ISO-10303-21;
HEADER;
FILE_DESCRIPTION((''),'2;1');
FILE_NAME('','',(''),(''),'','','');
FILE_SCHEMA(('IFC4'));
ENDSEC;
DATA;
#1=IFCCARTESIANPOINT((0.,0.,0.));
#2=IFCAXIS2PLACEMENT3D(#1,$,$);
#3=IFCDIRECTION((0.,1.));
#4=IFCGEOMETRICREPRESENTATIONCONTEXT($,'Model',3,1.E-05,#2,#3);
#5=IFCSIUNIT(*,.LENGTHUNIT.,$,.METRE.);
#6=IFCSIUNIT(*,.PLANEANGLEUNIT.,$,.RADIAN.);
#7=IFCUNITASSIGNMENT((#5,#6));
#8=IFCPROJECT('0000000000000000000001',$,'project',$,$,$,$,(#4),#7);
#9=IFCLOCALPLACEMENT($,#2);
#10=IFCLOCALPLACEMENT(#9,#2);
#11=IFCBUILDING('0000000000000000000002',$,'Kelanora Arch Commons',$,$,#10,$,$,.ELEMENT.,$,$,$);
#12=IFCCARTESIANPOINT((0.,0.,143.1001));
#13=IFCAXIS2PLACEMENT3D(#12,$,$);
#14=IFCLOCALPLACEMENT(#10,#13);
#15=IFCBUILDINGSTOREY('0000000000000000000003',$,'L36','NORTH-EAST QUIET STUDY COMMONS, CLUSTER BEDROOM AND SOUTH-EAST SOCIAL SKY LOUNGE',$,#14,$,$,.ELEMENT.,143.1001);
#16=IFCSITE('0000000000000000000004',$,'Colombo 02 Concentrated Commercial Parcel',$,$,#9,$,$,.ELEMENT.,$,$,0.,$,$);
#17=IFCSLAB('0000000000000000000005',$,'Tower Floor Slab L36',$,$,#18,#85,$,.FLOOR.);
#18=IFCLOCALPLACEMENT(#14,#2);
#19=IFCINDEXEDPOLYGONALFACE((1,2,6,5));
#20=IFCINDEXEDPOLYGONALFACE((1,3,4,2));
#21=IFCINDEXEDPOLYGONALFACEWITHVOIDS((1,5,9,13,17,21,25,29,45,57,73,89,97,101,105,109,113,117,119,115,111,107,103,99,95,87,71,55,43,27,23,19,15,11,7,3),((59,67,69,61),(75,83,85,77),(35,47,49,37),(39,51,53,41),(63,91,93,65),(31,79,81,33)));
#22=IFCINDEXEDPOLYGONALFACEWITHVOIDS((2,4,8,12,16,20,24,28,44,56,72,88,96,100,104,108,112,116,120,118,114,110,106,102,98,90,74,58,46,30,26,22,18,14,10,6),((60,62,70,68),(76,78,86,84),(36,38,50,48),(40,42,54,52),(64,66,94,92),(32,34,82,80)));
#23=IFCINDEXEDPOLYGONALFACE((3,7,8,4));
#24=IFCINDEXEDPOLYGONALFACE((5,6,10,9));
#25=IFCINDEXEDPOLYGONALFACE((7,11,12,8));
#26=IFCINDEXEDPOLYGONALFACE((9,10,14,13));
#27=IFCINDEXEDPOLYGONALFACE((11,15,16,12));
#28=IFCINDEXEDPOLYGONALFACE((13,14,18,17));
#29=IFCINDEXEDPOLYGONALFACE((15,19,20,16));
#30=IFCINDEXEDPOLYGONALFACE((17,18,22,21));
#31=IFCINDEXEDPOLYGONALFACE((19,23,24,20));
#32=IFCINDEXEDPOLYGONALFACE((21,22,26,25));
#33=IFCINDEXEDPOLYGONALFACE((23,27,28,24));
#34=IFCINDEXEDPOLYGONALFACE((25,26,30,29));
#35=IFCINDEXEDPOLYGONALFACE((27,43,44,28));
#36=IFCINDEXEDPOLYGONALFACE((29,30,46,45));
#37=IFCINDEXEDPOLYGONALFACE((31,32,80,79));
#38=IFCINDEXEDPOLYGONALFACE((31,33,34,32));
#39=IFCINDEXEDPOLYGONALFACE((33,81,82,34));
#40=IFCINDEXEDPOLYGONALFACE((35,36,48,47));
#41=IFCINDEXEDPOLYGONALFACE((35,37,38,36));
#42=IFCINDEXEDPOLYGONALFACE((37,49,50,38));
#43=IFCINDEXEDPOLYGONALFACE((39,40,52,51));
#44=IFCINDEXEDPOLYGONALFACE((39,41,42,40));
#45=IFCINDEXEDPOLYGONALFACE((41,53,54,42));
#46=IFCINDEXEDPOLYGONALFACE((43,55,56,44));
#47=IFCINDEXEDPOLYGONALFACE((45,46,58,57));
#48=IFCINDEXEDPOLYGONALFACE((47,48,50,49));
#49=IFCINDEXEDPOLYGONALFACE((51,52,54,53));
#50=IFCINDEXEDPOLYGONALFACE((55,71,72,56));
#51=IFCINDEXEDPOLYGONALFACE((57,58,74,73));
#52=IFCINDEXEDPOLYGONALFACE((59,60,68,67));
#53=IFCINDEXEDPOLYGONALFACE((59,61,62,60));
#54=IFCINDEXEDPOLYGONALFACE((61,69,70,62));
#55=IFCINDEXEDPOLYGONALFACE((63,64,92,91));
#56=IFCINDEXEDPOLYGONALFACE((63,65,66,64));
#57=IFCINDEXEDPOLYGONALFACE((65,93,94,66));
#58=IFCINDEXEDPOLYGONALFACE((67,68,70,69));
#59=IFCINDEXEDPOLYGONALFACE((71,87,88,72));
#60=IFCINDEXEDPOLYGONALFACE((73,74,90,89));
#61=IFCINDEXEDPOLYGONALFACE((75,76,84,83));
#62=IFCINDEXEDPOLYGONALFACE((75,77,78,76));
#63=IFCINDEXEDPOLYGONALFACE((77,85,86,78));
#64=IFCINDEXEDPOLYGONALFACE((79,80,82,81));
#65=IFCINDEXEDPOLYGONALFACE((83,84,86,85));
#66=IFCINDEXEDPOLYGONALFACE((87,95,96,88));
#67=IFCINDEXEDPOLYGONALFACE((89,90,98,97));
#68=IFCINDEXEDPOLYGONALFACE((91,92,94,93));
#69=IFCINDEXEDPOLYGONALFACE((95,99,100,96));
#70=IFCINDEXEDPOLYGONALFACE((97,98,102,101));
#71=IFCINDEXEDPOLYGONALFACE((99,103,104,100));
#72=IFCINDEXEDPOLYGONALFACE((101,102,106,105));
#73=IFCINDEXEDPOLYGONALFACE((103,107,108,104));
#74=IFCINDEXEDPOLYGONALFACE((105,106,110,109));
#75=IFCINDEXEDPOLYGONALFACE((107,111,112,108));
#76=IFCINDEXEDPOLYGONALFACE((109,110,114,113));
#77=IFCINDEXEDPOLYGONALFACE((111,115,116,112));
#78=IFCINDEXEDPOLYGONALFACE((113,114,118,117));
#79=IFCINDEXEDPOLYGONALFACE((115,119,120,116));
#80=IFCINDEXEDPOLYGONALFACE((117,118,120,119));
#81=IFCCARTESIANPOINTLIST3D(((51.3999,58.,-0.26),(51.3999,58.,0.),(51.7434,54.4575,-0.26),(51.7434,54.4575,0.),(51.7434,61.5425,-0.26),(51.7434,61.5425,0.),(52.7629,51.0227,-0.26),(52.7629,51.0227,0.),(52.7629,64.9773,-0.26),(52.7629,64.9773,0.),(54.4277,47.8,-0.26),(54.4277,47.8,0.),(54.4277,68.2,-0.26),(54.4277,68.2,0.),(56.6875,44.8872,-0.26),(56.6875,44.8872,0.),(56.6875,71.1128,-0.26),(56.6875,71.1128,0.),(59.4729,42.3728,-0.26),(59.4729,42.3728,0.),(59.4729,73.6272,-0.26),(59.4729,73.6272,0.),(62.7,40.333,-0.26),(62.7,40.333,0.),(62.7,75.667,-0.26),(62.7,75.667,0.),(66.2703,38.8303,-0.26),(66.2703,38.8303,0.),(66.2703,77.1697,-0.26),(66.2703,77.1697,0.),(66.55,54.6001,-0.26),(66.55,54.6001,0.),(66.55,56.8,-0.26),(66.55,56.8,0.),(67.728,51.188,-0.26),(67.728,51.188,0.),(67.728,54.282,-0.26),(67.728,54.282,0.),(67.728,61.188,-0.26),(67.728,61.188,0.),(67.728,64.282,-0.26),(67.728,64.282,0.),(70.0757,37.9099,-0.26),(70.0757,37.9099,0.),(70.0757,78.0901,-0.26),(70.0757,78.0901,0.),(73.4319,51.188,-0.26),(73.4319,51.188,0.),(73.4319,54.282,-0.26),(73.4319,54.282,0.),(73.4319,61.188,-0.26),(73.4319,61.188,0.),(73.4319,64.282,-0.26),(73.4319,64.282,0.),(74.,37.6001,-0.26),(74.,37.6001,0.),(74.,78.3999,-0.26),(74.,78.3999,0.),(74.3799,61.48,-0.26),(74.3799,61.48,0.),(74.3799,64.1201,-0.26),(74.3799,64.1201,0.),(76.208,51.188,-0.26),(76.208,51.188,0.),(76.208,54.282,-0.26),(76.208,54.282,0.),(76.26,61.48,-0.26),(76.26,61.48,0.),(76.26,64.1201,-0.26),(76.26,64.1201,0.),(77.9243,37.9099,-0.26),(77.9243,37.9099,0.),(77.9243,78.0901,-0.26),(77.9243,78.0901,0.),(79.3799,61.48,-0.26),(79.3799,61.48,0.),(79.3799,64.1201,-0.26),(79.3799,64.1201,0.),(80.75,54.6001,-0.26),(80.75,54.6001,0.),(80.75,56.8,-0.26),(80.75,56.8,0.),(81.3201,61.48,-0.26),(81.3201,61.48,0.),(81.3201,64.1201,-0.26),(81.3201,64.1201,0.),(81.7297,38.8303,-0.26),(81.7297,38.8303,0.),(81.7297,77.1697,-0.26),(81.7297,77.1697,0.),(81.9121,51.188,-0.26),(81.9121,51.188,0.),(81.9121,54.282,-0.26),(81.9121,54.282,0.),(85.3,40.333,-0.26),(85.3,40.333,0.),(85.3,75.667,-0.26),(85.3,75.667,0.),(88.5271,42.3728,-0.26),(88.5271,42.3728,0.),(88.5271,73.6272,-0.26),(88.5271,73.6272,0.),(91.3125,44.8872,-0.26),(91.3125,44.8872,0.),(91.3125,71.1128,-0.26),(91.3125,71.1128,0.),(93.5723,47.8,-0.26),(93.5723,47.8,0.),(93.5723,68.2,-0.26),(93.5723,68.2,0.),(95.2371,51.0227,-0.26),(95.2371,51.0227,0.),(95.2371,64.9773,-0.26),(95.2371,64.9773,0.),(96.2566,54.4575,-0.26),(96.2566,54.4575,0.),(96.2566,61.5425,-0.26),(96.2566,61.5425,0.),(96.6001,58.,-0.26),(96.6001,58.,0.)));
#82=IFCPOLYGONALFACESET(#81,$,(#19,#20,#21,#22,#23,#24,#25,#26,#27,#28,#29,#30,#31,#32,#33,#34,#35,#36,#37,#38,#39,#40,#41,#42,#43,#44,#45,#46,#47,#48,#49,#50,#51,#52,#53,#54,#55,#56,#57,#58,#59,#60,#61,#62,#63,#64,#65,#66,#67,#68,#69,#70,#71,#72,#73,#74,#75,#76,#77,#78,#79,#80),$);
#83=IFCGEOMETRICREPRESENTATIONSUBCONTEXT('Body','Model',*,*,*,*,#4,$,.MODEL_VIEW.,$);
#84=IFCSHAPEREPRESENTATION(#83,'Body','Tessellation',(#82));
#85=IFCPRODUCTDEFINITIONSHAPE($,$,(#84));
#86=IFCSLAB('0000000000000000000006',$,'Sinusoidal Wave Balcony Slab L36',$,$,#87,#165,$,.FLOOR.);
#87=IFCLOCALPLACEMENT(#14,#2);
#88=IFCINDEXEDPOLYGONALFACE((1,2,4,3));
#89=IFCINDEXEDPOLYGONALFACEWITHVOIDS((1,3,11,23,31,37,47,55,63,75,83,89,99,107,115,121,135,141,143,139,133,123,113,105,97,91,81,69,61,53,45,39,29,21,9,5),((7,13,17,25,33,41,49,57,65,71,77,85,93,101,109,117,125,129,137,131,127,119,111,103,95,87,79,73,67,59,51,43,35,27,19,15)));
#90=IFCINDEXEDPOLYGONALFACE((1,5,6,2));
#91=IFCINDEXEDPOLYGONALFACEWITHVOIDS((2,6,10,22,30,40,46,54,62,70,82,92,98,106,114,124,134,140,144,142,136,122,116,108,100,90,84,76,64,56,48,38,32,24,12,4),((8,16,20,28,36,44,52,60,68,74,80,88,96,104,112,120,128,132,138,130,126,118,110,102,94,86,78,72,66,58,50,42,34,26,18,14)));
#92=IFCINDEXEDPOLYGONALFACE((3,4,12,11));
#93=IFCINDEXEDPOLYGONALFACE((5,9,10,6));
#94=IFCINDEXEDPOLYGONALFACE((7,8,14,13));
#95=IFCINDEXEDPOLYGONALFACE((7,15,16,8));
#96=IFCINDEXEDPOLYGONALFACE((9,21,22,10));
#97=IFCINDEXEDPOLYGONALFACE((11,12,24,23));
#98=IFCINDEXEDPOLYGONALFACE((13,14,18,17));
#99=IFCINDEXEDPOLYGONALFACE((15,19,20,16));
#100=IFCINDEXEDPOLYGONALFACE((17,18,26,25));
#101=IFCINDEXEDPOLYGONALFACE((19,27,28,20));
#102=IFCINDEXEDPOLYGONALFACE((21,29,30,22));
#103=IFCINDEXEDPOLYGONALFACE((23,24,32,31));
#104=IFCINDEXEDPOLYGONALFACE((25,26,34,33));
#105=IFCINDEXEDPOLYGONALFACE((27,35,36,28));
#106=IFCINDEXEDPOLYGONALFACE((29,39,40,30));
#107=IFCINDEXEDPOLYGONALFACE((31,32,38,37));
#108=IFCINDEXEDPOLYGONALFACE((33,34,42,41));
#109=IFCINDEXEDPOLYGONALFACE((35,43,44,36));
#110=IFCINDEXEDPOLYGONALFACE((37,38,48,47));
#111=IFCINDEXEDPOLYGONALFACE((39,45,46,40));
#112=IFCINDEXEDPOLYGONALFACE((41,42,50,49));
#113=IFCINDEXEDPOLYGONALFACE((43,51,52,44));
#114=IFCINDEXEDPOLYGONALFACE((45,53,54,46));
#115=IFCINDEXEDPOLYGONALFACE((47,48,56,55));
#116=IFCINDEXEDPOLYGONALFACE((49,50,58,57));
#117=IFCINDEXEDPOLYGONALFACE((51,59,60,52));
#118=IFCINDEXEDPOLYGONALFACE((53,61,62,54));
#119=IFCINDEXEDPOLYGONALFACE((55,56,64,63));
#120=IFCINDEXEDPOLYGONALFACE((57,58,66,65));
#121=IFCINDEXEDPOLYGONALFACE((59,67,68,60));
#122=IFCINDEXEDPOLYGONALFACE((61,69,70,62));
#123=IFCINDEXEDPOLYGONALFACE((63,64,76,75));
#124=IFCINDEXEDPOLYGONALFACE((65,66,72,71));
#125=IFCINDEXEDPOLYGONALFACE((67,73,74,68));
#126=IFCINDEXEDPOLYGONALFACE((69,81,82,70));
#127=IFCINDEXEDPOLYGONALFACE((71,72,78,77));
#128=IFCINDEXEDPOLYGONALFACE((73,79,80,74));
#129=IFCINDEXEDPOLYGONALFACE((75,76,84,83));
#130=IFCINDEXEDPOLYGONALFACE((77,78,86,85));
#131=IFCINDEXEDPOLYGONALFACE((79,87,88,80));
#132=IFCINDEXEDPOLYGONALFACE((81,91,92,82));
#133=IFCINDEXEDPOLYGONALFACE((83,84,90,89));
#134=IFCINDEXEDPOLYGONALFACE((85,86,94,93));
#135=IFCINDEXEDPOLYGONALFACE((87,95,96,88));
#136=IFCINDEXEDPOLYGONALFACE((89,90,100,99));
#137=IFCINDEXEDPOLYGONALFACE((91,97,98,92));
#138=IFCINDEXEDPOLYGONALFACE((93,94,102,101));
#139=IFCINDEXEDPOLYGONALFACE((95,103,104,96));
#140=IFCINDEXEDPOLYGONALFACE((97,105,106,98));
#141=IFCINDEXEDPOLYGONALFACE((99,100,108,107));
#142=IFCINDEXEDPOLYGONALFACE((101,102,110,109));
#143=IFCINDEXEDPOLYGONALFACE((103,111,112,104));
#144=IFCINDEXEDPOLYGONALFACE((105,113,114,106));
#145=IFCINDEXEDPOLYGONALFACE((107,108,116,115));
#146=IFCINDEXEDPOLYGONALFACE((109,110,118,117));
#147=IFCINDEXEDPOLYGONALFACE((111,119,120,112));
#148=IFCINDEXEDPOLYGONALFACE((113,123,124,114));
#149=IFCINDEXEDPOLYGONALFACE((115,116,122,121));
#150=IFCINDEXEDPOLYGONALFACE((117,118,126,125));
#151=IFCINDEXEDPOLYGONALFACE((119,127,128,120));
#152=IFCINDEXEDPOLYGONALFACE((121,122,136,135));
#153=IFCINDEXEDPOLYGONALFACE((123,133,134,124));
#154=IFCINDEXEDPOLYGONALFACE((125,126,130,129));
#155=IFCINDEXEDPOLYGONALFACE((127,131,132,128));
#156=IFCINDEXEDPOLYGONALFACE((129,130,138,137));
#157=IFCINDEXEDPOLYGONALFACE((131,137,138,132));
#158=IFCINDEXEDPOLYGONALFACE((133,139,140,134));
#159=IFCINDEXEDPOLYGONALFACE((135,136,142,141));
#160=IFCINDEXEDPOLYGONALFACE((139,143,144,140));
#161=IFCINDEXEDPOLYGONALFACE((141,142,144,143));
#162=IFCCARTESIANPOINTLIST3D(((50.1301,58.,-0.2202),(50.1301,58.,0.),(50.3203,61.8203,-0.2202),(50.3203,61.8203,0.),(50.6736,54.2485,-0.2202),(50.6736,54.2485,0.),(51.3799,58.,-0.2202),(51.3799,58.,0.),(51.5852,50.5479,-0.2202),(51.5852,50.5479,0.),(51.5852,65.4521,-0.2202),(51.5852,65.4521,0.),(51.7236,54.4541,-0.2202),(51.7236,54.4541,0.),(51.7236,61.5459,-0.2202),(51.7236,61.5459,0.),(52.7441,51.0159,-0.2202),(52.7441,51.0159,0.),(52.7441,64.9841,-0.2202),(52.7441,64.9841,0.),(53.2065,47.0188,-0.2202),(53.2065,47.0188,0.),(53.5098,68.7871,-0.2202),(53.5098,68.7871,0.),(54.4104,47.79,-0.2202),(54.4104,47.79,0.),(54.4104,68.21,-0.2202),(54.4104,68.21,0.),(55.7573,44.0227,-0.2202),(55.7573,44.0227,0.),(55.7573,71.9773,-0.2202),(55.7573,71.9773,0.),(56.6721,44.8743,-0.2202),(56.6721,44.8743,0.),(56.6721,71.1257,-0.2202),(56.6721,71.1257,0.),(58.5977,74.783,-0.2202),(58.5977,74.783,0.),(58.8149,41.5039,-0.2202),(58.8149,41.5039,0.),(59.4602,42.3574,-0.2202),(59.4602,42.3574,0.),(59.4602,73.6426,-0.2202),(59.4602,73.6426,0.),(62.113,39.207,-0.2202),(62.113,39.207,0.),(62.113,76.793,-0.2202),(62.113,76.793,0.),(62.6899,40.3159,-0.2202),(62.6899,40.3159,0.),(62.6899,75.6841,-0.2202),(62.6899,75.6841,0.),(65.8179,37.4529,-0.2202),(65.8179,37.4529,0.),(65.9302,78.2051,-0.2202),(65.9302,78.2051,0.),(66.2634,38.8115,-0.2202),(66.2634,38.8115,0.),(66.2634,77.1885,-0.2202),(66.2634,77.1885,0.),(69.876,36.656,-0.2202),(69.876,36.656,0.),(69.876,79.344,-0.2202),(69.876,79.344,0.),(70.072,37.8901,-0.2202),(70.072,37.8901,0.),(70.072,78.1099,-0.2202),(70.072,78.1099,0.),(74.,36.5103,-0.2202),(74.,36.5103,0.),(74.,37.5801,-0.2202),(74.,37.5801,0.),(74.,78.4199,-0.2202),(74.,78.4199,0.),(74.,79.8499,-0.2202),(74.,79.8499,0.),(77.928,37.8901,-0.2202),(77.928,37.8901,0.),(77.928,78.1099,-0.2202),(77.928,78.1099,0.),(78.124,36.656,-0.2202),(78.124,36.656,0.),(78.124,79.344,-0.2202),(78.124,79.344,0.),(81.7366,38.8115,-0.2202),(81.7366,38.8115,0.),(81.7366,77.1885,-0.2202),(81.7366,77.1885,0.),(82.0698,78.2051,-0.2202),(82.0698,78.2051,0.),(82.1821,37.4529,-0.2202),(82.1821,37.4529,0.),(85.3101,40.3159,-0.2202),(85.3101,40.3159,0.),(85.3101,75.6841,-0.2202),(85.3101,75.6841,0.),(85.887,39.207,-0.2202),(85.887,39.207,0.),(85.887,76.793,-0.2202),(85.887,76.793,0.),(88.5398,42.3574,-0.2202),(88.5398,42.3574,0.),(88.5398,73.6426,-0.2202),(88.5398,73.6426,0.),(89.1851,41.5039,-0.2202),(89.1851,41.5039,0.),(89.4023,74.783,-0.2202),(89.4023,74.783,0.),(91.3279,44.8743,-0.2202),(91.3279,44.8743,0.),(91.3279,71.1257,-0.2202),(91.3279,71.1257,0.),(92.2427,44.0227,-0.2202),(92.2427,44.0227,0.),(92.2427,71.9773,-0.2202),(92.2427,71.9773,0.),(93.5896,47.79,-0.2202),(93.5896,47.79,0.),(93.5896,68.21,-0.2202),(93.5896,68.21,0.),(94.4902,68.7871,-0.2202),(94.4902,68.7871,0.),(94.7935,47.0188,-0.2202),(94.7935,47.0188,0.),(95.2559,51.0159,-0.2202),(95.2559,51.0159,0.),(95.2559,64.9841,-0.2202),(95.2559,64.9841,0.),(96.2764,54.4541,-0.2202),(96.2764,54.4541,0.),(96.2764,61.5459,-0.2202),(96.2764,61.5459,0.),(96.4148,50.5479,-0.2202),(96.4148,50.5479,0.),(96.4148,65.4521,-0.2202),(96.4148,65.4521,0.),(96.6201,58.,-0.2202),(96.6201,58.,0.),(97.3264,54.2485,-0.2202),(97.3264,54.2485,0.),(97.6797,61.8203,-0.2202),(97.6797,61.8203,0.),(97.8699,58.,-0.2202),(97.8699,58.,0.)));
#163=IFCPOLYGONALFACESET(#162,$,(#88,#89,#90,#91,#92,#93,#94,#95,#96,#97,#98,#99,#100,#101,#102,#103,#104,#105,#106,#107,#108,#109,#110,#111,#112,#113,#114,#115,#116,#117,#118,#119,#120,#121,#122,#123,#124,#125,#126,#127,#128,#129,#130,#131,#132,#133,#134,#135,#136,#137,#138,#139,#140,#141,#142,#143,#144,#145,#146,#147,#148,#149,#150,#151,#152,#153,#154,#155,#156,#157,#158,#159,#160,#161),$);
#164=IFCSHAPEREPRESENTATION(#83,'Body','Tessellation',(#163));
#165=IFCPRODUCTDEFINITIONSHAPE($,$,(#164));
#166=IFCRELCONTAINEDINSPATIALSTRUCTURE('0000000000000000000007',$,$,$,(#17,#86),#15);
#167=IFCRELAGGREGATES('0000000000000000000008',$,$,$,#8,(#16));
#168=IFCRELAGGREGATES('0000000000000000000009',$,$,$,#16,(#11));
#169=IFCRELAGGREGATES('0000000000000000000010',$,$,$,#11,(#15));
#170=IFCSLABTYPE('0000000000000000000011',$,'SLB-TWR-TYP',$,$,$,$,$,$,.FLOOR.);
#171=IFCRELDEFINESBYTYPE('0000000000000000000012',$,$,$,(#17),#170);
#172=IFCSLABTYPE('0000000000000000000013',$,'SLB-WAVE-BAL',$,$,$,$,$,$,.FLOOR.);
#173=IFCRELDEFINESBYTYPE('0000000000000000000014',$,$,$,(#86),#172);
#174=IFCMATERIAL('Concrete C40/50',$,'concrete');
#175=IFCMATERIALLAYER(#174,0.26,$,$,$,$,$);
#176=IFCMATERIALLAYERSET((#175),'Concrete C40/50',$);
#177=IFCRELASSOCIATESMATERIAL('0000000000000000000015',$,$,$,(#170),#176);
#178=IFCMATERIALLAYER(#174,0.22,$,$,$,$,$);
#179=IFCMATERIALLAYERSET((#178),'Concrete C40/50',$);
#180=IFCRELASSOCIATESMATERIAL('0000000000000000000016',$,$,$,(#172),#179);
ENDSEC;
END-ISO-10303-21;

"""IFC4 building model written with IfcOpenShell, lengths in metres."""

from ifc_helpers import new_model, si_unit, direction, frame, origin, place, context, subcontext, project, spatial, polyline, outline, extrude, material, layer, layer_set, type_object, element, save


model = new_model("IFC4")

# Units and contexts
model_context = context("Model", 3, precision=1e-05, world=origin(), true_north=direction((0.0, 1.0)))
body_context = subcontext(model_context, "Body", "Model", "MODEL_VIEW")
ifc_project = project(units=[si_unit("LENGTHUNIT", "METRE"), si_unit("PLANEANGLEUNIT", "RADIAN")], contexts=[model_context])

# Site, building, storey
site_placement = place(None, origin())
site = spatial("IfcSite", under=ifc_project, at=site_placement, Name="Colombo 02 Concentrated Commercial Parcel", CompositionType="ELEMENT", RefElevation=0.0)
building_placement = place(site_placement, origin())
building = spatial("IfcBuilding", under=site, at=building_placement, Name="Kelanora Arch Commons", CompositionType="ELEMENT")
storey_placement = place(building_placement, frame((0.0, 0.0, 143.1001)))
storey = spatial("IfcBuildingStorey", under=building, at=storey_placement, Name="L36", Description="NORTH-EAST QUIET STUDY COMMONS, CLUSTER BEDROOM AND SOUTH-EAST SOCIAL SKY LOUNGE", CompositionType="ELEMENT", Elevation=143.1001)

# Shared definitions
ifc_material_1 = material(Name="Concrete C40/50", Category="concrete")

# Slabs
ifc_layer_1 = layer(ifc_material_1, 0.26)
ifc_layer_set_1 = layer_set([ifc_layer_1], Name="Concrete C40/50")
slab_type_1 = type_object("IfcSlabType", Name="SLB-TWR-TYP", PredefinedType="FLOOR", material=ifc_layer_set_1)
slab_1_placement = place(storey_placement, frame((0.0, 0.0, -0.26)))
element("IfcSlab", 1, at=slab_1_placement, inside=storey, type_object=slab_type_1, Name="Tower Floor Slab L36", PredefinedType="FLOOR", context=body_context, shape_type="SweptSolid", body=[
    extrude(outline(polyline([(96.6001, 58.0), (96.2566, 61.5425), (95.2371, 64.9773), (93.5723, 68.2), (91.3125, 71.1128), (88.5271, 73.6272), (85.3, 75.667), (81.7297, 77.1697), (77.9243, 78.0901), (74.0, 78.3999), (70.0757, 78.0901), (66.2703, 77.1697), (62.7, 75.667), (59.4729, 73.6272), (56.6875, 71.1128), (54.4277, 68.2), (52.7629, 64.9773), (51.7434, 61.5425), (51.3999, 58.0), (51.7434, 54.4575), (52.7629, 51.0227), (54.4277, 47.8), (56.6875, 44.8872), (59.4729, 42.3728), (62.7, 40.333), (66.2703, 38.8303), (70.0757, 37.9099), (74.0, 37.6001), (77.9243, 37.9099), (81.7297, 38.8303), (85.3, 40.333), (88.5271, 42.3728), (91.3125, 44.8872), (93.5723, 47.8), (95.2371, 51.0227), (96.2566, 54.4575), (96.6001, 58.0)]), holes=[polyline([(73.4319, 51.188), (67.728, 51.188), (67.728, 54.282), (73.4319, 54.282), (73.4319, 51.188)]), polyline([(76.208, 51.188), (76.208, 54.282), (81.9121, 54.282), (81.9121, 51.188), (76.208, 51.188)]), polyline([(66.55, 54.6001), (66.55, 56.8), (80.75, 56.8), (80.75, 54.6001), (66.55, 54.6001)]), polyline([(73.4319, 61.188), (67.728, 61.188), (67.728, 64.282), (73.4319, 64.282), (73.4319, 61.188)]), polyline([(74.3799, 61.48), (74.3799, 64.1201), (76.26, 64.1201), (76.26, 61.48), (74.3799, 61.48)]), polyline([(79.3799, 61.48), (79.3799, 64.1201), (81.3201, 64.1201), (81.3201, 61.48), (79.3799, 61.48)])]), origin(), (0.0, 0.0, 1.0), 0.26),
])
ifc_layer_2 = layer(ifc_material_1, 0.22)
ifc_layer_set_2 = layer_set([ifc_layer_2], Name="Concrete C40/50")
slab_type_2 = type_object("IfcSlabType", Name="SLB-WAVE-BAL", PredefinedType="FLOOR", material=ifc_layer_set_2)
slab_2_placement = place(storey_placement, frame((0.0, 0.0, -0.2202)))
element("IfcSlab", 2, at=slab_2_placement, inside=storey, type_object=slab_type_2, Name="Sinusoidal Wave Balcony Slab L36", PredefinedType="FLOOR", context=body_context, shape_type="SweptSolid", body=[
    extrude(outline(polyline([(97.8699, 58.0), (97.6797, 61.8203), (96.4148, 65.4521), (94.4902, 68.7871), (92.2427, 71.9773), (89.4023, 74.783), (85.887, 76.793), (82.0698, 78.2051), (78.124, 79.344), (74.0, 79.8499), (69.876, 79.344), (65.9302, 78.2051), (62.113, 76.793), (58.5977, 74.783), (55.7573, 71.9773), (53.5098, 68.7871), (51.5852, 65.4521), (50.3203, 61.8203), (50.1301, 58.0), (50.6736, 54.2485), (51.5852, 50.5479), (53.2065, 47.0188), (55.7573, 44.0227), (58.8149, 41.5039), (62.113, 39.207), (65.8179, 37.4529), (69.876, 36.656), (74.0, 36.5103), (78.124, 36.656), (82.1821, 37.4529), (85.887, 39.207), (89.1851, 41.5039), (92.2427, 44.0227), (94.7935, 47.0188), (96.4148, 50.5479), (97.3264, 54.2485), (97.8699, 58.0)]), holes=[polyline([(96.2764, 54.4541), (95.2559, 51.0159), (93.5896, 47.79), (91.3279, 44.8743), (88.5398, 42.3574), (85.3101, 40.3159), (81.7366, 38.8115), (77.928, 37.8901), (74.0, 37.5801), (70.072, 37.8901), (66.2634, 38.8115), (62.6899, 40.3159), (59.4602, 42.3574), (56.6721, 44.8743), (54.4104, 47.79), (52.7441, 51.0159), (51.7236, 54.4541), (51.3799, 58.0), (51.7236, 61.5459), (52.7441, 64.9841), (54.4104, 68.21), (56.6721, 71.1257), (59.4602, 73.6426), (62.6899, 75.6841), (66.2634, 77.1885), (70.072, 78.1099), (74.0, 78.4199), (77.928, 78.1099), (81.7366, 77.1885), (85.3101, 75.6841), (88.5398, 73.6426), (91.3279, 71.1257), (93.5896, 68.21), (95.2559, 64.9841), (96.2764, 61.5459), (96.6201, 58.0), (96.2764, 54.4541)])]), origin(), (0.0, 0.0, 1.0), 0.2202),
])

save(model, "model.ifc")
